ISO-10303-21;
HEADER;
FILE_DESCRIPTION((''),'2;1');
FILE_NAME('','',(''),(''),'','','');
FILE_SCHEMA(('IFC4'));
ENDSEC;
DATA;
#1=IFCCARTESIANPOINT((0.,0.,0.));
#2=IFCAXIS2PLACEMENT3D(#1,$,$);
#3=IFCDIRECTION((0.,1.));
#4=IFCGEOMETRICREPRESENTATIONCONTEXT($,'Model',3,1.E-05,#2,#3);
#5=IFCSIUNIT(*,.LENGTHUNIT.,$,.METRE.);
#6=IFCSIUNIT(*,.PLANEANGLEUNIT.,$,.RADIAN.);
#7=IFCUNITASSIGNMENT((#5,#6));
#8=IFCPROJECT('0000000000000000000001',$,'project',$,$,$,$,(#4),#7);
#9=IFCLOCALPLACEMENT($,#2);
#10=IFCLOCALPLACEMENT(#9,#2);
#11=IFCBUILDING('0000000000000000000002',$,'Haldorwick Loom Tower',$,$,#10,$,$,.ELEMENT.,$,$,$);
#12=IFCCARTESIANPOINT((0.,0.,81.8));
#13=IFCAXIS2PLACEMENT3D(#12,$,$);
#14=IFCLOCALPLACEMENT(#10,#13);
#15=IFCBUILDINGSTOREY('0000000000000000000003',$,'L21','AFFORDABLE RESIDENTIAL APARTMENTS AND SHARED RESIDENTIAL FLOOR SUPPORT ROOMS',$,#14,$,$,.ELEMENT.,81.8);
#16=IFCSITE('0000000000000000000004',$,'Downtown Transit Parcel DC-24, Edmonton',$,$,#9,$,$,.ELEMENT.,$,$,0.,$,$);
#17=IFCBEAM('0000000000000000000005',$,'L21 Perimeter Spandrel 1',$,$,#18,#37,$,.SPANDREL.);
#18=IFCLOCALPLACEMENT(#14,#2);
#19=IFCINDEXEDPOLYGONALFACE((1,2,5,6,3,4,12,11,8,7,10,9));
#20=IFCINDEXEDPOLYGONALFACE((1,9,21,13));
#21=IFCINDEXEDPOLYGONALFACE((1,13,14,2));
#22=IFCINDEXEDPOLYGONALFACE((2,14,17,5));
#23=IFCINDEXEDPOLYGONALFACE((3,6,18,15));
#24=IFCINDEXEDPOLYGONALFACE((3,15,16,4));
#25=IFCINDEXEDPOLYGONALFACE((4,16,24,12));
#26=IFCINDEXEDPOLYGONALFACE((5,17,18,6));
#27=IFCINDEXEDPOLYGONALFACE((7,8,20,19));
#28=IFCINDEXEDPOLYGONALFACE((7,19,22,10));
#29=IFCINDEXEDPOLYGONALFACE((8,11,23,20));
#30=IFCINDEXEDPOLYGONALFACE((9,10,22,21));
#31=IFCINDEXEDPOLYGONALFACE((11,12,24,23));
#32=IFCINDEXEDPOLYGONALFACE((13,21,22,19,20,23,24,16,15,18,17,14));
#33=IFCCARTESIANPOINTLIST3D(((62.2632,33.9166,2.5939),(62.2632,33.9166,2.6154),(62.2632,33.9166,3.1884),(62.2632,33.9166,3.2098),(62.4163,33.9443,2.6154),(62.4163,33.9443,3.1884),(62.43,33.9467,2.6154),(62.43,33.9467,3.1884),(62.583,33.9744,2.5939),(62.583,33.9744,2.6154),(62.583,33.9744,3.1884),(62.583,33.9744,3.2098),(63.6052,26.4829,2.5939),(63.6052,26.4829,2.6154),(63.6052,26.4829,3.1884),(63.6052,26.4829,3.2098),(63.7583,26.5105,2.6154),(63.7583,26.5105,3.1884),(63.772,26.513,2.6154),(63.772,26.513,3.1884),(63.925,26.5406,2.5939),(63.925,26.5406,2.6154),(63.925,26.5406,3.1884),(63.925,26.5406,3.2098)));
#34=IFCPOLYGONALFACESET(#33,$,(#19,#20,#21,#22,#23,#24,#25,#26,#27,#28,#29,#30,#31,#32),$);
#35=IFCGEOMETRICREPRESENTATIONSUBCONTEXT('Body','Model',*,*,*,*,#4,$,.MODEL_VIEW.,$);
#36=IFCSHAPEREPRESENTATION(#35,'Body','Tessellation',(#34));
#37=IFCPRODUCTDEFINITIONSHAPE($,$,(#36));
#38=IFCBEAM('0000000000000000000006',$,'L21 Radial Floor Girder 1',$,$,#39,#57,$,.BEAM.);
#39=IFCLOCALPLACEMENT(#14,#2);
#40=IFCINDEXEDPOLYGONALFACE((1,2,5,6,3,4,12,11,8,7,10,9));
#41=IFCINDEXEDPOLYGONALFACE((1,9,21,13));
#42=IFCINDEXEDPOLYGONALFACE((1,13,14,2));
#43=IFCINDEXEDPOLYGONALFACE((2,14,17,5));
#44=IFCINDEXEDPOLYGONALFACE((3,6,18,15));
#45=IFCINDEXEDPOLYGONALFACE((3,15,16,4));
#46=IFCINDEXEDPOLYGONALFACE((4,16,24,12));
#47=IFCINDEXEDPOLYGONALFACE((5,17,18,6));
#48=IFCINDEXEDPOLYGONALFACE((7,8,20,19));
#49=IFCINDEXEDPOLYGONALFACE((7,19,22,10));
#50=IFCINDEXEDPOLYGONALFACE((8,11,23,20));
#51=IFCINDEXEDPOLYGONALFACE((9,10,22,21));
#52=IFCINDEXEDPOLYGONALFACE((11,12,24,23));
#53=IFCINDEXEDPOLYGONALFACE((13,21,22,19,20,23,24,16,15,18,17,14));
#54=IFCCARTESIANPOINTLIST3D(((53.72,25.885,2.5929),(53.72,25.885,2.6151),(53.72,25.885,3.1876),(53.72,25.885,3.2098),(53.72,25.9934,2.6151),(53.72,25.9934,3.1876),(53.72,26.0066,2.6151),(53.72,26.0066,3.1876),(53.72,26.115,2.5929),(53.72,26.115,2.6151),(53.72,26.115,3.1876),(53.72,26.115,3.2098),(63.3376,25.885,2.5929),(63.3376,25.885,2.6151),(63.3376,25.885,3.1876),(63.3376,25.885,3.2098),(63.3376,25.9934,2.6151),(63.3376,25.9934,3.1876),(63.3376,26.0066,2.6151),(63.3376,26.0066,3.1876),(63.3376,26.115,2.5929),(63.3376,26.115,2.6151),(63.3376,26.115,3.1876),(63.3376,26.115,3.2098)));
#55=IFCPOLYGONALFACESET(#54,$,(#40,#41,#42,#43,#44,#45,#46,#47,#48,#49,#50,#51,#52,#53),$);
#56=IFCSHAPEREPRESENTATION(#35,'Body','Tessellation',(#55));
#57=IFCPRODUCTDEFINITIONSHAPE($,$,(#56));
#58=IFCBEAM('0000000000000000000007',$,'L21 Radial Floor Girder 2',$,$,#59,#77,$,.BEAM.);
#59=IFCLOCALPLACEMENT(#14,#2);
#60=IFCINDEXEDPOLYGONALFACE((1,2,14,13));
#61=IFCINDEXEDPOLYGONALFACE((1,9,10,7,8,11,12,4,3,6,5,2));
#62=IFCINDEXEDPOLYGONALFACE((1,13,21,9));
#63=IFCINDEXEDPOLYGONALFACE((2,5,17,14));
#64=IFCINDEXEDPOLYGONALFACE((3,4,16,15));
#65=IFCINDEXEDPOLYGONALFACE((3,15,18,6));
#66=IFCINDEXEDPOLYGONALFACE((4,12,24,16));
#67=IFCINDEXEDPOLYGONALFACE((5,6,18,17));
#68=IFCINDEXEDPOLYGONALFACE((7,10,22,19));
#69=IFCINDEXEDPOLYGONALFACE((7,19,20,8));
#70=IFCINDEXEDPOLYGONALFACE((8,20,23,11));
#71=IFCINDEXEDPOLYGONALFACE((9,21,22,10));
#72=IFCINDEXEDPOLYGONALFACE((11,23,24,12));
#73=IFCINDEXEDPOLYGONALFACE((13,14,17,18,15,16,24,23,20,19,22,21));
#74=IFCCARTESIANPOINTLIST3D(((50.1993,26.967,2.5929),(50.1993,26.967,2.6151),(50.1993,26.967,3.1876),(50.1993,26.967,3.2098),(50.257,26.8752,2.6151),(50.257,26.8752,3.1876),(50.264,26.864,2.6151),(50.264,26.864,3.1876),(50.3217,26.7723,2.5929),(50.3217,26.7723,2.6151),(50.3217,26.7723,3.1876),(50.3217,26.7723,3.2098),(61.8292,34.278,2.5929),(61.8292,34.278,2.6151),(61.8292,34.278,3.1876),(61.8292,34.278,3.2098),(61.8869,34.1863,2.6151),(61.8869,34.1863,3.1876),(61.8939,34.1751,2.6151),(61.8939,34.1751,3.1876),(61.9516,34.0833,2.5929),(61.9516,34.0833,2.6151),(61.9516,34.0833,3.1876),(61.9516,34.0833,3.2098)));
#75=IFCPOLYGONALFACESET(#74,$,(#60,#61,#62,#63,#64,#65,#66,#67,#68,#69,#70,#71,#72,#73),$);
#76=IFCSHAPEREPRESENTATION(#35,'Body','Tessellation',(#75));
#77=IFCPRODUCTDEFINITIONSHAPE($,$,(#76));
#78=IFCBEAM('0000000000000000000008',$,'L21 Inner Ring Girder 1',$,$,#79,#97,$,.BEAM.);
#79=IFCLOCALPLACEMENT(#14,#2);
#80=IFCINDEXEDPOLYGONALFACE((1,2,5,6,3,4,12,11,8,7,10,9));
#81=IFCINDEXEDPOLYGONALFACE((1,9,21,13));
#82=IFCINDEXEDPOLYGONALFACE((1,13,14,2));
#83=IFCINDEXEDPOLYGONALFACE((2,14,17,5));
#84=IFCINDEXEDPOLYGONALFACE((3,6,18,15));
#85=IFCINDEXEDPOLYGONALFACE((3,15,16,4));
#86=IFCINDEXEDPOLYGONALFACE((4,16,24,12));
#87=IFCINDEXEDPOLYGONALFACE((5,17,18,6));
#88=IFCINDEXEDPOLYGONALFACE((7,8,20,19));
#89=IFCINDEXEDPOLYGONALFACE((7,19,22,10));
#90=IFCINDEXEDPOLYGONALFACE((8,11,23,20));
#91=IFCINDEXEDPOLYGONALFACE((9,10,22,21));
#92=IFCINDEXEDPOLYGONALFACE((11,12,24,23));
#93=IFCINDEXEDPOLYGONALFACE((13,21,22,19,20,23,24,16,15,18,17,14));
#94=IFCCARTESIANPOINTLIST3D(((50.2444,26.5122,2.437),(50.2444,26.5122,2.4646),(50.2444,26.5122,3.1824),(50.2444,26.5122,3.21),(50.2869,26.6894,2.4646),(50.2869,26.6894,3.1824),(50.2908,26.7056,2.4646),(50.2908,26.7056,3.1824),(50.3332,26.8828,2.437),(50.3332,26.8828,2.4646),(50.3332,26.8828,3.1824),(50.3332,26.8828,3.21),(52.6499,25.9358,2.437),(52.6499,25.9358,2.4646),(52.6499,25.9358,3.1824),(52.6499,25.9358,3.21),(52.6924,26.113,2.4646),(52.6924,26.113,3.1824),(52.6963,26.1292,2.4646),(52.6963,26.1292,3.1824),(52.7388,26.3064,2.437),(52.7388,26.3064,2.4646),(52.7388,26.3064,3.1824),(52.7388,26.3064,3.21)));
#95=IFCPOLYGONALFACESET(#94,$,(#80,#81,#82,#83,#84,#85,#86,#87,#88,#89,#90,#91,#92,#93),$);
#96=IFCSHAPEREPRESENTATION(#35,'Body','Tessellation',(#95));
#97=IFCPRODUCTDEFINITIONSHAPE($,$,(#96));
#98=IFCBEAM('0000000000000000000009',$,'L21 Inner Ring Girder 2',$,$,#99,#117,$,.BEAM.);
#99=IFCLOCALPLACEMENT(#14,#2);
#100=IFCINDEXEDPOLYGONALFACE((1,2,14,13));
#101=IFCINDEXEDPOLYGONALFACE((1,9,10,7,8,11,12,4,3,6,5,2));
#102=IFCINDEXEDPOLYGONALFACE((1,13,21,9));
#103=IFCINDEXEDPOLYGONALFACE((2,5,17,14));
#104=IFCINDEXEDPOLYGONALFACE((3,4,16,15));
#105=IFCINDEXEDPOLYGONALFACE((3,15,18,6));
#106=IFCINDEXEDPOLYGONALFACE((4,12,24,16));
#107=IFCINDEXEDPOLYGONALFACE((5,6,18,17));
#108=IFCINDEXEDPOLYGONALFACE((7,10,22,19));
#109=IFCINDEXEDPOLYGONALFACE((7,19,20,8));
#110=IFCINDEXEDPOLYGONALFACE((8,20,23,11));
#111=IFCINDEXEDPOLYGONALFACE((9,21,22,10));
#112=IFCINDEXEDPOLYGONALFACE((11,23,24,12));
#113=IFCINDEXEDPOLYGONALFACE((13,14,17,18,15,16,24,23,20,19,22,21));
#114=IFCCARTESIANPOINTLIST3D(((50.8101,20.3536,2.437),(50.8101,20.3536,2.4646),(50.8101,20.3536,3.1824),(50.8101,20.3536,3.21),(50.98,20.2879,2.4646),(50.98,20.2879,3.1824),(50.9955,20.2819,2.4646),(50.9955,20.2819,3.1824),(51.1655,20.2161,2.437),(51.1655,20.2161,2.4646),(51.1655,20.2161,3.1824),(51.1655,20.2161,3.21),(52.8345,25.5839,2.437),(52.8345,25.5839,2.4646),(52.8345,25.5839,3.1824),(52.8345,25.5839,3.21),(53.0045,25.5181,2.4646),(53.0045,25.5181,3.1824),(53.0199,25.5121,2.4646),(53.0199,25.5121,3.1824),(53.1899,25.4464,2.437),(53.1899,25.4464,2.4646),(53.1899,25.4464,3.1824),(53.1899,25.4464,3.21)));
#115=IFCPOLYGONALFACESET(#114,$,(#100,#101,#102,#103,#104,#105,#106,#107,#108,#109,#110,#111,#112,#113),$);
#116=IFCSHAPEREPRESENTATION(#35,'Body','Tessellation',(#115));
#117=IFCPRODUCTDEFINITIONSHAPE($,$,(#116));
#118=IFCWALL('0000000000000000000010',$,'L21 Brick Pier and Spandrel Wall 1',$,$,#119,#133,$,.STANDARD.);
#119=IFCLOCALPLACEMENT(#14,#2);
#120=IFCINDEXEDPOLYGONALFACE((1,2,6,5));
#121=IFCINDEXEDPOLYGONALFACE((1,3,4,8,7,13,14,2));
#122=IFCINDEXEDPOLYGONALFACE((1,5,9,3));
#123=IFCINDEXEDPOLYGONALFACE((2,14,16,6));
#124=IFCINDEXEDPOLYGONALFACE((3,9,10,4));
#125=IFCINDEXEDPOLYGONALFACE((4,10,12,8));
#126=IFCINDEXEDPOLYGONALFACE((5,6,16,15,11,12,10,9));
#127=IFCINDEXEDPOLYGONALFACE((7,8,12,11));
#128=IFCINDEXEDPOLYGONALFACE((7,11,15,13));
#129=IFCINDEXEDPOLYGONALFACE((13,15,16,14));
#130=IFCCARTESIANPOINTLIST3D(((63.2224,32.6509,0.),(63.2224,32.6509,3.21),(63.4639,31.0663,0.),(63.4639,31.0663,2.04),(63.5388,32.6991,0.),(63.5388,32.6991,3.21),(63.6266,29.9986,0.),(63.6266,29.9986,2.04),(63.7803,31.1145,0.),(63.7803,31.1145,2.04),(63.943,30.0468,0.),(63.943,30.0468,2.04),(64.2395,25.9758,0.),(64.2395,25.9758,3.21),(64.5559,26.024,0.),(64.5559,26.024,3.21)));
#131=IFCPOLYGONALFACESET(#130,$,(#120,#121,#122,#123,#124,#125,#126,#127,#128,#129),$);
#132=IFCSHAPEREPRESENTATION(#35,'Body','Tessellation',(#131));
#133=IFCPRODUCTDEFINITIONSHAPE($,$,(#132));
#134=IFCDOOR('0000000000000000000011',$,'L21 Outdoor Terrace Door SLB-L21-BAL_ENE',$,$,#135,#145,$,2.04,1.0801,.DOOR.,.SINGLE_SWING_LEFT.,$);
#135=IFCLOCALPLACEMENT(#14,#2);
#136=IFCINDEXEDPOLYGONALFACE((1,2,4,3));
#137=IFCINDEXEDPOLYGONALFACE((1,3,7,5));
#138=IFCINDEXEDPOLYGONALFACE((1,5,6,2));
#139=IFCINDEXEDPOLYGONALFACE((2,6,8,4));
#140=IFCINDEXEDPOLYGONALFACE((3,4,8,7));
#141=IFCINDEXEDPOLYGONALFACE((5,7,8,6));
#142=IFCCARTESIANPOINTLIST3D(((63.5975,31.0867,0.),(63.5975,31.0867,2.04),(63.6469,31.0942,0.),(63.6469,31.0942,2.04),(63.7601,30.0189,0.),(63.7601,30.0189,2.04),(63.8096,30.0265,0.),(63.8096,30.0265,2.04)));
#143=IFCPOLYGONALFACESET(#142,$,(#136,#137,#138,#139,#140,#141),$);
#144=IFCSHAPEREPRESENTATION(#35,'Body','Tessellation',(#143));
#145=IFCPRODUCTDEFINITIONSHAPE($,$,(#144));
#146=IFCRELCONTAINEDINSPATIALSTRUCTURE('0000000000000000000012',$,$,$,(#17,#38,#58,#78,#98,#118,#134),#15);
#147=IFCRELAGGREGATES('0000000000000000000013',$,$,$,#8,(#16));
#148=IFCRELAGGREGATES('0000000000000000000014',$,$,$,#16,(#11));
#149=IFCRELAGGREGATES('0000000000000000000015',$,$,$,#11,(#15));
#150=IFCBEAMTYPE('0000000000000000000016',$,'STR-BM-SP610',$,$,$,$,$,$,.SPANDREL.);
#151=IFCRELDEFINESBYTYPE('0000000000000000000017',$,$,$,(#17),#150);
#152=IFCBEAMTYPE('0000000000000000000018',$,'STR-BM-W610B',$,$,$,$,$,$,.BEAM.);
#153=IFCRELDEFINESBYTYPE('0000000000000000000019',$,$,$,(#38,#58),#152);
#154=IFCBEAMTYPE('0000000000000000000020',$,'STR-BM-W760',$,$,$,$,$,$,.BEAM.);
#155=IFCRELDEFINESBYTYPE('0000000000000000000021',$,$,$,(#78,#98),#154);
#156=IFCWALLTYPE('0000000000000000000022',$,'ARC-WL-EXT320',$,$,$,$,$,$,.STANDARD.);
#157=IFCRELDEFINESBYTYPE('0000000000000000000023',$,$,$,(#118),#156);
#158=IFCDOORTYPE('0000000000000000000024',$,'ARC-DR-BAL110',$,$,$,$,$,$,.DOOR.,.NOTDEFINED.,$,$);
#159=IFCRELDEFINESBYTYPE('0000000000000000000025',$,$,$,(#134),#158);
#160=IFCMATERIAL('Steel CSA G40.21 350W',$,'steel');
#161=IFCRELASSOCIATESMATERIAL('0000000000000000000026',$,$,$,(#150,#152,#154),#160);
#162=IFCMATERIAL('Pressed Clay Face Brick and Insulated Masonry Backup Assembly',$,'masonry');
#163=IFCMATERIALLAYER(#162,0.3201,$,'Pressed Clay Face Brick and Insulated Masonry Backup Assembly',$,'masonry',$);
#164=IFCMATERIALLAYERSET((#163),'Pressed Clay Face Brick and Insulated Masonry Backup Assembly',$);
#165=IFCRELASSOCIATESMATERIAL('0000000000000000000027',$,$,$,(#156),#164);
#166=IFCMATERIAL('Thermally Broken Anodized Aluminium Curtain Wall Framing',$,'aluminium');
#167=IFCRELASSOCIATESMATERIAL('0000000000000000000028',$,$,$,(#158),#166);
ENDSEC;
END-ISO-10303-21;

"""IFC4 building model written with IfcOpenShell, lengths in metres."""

from ifc_helpers import new_model, si_unit, direction, frame, frame_2d, origin, origin_2d, place, context, subcontext, project, spatial, rectangle, i_section, extrude, material, layer, layer_set, material_profile, profile_set, type_object, element, fill, save


model = new_model("IFC4")

# Units and contexts
model_context = context("Model", 3, precision=1e-05, world=origin(), true_north=direction((0.0, 1.0)))
body_context = subcontext(model_context, "Body", "Model", "MODEL_VIEW")
ifc_project = project(units=[si_unit("LENGTHUNIT", "METRE"), si_unit("PLANEANGLEUNIT", "RADIAN")], contexts=[model_context])

# Site, building, storey
site_placement = place(None, origin())
site = spatial("IfcSite", under=ifc_project, at=site_placement, Name="Downtown Transit Parcel DC-24, Edmonton", CompositionType="ELEMENT", RefElevation=0.0)
building_placement = place(site_placement, origin())
building = spatial("IfcBuilding", under=site, at=building_placement, Name="Haldorwick Loom Tower", CompositionType="ELEMENT")
storey_placement = place(building_placement, frame((0.0, 0.0, 81.8)))
storey = spatial("IfcBuildingStorey", under=building, at=storey_placement, Name="L21", Description="AFFORDABLE RESIDENTIAL APARTMENTS AND SHARED RESIDENTIAL FLOOR SUPPORT ROOMS", CompositionType="ELEMENT", Elevation=81.8)

# Beams
ifc_material_1 = material(Name="Steel CSA G40.21 350W", Category="steel")
ifc_material_profile_1 = material_profile(ifc_material_1, i_section(OverallWidth=0.325, OverallDepth=0.616, WebThickness=0.0139, FlangeThickness=0.0215, at=origin_2d()), Name="W610X174", Category="steel")
ifc_profile_set_1 = profile_set([ifc_material_profile_1], Name="Steel CSA G40.21 350W")
beam_type_1 = type_object("IfcBeamType", Name="STR-BM-SP610", PredefinedType="SPANDREL", material=ifc_profile_set_1)
beam_1_placement = place(storey_placement, frame((63.7651, 26.5117, 2.9019), z_axis=(-0.177659, 0.984092, 0.0), x_axis=(-0.984092, -0.177659, 0.0)))
element("IfcBeam", 1, at=beam_1_placement, inside=storey, type_object=beam_type_1, Name="L21 Perimeter Spandrel 1", PredefinedType="SPANDREL", context=body_context, shape_type="SweptSolid", body=[
    extrude(i_section(OverallWidth=0.325, OverallDepth=0.616, WebThickness=0.0139, FlangeThickness=0.0215, at=origin_2d()), origin(), (0.0, 0.0, 1.0), 7.554),
])
ifc_material_profile_2 = material_profile(ifc_material_1, i_section(OverallWidth=0.23, OverallDepth=0.6169, WebThickness=0.0132, FlangeThickness=0.0222, at=origin_2d()), Name="W610X140", Category="steel")
ifc_profile_set_2 = profile_set([ifc_material_profile_2], Name="Steel CSA G40.21 350W")
beam_type_2 = type_object("IfcBeamType", Name="STR-BM-W610B", PredefinedType="BEAM", material=ifc_profile_set_2)
beam_2_placement = place(storey_placement, frame((53.72, 26.0, 2.9014), z_axis=(1.0, 0.0, 0.0), x_axis=(0.0, 1.0, 0.0)))
element("IfcBeam", 2, at=beam_2_placement, inside=storey, type_object=beam_type_2, Name="L21 Radial Floor Girder 1", PredefinedType="BEAM", context=body_context, shape_type="SweptSolid", body=[
    extrude(i_section(OverallWidth=0.23, OverallDepth=0.6169, WebThickness=0.0132, FlangeThickness=0.0222, at=origin_2d()), origin(), (0.0, 0.0, 1.0), 9.6177),
])
beam_3_placement = place(storey_placement, frame((50.2605, 26.8696, 2.9014), z_axis=(0.84661, 0.532214, 0.0), x_axis=(-0.532214, 0.84661, 0.0)))
element("IfcBeam", 3, at=beam_3_placement, inside=storey, type_object=beam_type_2, Name="L21 Radial Floor Girder 2", PredefinedType="BEAM", context=body_context, shape_type="SweptSolid", body=[
    extrude(i_section(OverallWidth=0.23, OverallDepth=0.6169, WebThickness=0.0132, FlangeThickness=0.0222, at=origin_2d()), origin(), (0.0, 0.0, 1.0), 13.7371),
])
ifc_material_profile_3 = material_profile(ifc_material_1, i_section(OverallWidth=0.3811, OverallDepth=0.7729, WebThickness=0.0166, FlangeThickness=0.0276, at=origin_2d()), Name="W760X257", Category="steel")
ifc_profile_set_3 = profile_set([ifc_material_profile_3], Name="Steel CSA G40.21 350W")
beam_type_3 = type_object("IfcBeamType", Name="STR-BM-W760", PredefinedType="BEAM", material=ifc_profile_set_3)
beam_4_placement = place(storey_placement, frame((50.2888, 26.6975, 2.8235), z_axis=(0.972471, -0.233026, 0.0), x_axis=(0.233026, 0.972471, 0.0)))
element("IfcBeam", 4, at=beam_4_placement, inside=storey, type_object=beam_type_3, Name="L21 Inner Ring Girder 1", PredefinedType="BEAM", context=body_context, shape_type="SweptSolid", body=[
    extrude(i_section(OverallWidth=0.3811, OverallDepth=0.7729, WebThickness=0.0166, FlangeThickness=0.0276, at=origin_2d()), origin(), (0.0, 0.0, 1.0), 2.4736),
])
beam_5_placement = place(storey_placement, frame((53.0122, 25.5151, 2.8235), z_axis=(-0.360965, -0.932579, 0.0), x_axis=(0.932579, -0.360965, 0.0)))
element("IfcBeam", 5, at=beam_5_placement, inside=storey, type_object=beam_type_3, Name="L21 Inner Ring Girder 2", PredefinedType="BEAM", context=body_context, shape_type="SweptSolid", body=[
    extrude(i_section(OverallWidth=0.3811, OverallDepth=0.7729, WebThickness=0.0166, FlangeThickness=0.0276, at=origin_2d()), origin(), (0.0, 0.0, 1.0), 5.6084),
])

# Wall, opening, door
ifc_material_2 = material(Name="Pressed Clay Face Brick and Insulated Masonry Backup Assembly", Category="masonry")
ifc_layer_1 = layer(ifc_material_2, 0.3201, Name="Pressed Clay Face Brick and Insulated Masonry Backup Assembly", Category="masonry")
ifc_layer_set_1 = layer_set([ifc_layer_1], Name="Pressed Clay Face Brick and Insulated Masonry Backup Assembly")
wall_type_1 = type_object("IfcWallType", Name="ARC-WL-EXT320", PredefinedType="STANDARD", material=ifc_layer_set_1)
wall_1_placement = place(storey_placement, frame((64.3977, 26.0, 0.0), z_axis=(0.0, 0.0, 1.0), x_axis=(-0.150633, 0.98859, 0.0)))
wall_1 = element("IfcWall", 6, at=wall_1_placement, inside=storey, type_object=wall_type_1, Name="L21 Brick Pier and Spandrel Wall 1", PredefinedType="STANDARD", context=body_context, shape_type="SweptSolid", body=[
    extrude(rectangle(XDim=6.7522, YDim=0.3201, at=frame_2d((3.376, 0.0))), origin(), (0.0, 0.0, 1.0), 3.21),
])
opening_1_placement = place(wall_1_placement, frame((4.0691, 0.0, 0.0)))
opening_1 = element("IfcOpeningElement", 7, at=opening_1_placement, cuts=wall_1, PredefinedType="OPENING", context=body_context, shape_type="SweptSolid", body=[
    extrude(rectangle(XDim=1.0801, YDim=2.04, at=frame_2d((0.54, 1.02))), frame((0.0, 0.1699, 0.0), z_axis=(0.0, -1.0, 0.0), x_axis=(1.0, 0.0, 0.0)), (0.0, 0.0, 1.0), 0.3401),
])
ifc_material_3 = material(Name="Thermally Broken Anodized Aluminium Curtain Wall Framing", Category="aluminium")
door_type_1 = type_object("IfcDoorType", Name="ARC-DR-BAL110", OperationType="NOTDEFINED", PredefinedType="DOOR", material=ifc_material_3)
door_1_placement = place(opening_1_placement, origin())
door_1 = element("IfcDoor", 8, at=door_1_placement, inside=storey, type_object=door_type_1, Name="L21 Outdoor Terrace Door SLB-L21-BAL_ENE", OperationType="SINGLE_SWING_LEFT", OverallHeight=2.04, OverallWidth=1.0801, PredefinedType="DOOR", context=body_context, shape_type="SweptSolid", body=[
    extrude(rectangle(XDim=1.0801, YDim=2.04, at=frame_2d((0.54, 1.02))), frame((0.0, 0.0249, 0.0), z_axis=(0.0, -1.0, 0.0), x_axis=(1.0, 0.0, 0.0)), (0.0, 0.0, 1.0), 0.05),
])
fill(opening_1, door_1)

save(model, "model.ifc")
